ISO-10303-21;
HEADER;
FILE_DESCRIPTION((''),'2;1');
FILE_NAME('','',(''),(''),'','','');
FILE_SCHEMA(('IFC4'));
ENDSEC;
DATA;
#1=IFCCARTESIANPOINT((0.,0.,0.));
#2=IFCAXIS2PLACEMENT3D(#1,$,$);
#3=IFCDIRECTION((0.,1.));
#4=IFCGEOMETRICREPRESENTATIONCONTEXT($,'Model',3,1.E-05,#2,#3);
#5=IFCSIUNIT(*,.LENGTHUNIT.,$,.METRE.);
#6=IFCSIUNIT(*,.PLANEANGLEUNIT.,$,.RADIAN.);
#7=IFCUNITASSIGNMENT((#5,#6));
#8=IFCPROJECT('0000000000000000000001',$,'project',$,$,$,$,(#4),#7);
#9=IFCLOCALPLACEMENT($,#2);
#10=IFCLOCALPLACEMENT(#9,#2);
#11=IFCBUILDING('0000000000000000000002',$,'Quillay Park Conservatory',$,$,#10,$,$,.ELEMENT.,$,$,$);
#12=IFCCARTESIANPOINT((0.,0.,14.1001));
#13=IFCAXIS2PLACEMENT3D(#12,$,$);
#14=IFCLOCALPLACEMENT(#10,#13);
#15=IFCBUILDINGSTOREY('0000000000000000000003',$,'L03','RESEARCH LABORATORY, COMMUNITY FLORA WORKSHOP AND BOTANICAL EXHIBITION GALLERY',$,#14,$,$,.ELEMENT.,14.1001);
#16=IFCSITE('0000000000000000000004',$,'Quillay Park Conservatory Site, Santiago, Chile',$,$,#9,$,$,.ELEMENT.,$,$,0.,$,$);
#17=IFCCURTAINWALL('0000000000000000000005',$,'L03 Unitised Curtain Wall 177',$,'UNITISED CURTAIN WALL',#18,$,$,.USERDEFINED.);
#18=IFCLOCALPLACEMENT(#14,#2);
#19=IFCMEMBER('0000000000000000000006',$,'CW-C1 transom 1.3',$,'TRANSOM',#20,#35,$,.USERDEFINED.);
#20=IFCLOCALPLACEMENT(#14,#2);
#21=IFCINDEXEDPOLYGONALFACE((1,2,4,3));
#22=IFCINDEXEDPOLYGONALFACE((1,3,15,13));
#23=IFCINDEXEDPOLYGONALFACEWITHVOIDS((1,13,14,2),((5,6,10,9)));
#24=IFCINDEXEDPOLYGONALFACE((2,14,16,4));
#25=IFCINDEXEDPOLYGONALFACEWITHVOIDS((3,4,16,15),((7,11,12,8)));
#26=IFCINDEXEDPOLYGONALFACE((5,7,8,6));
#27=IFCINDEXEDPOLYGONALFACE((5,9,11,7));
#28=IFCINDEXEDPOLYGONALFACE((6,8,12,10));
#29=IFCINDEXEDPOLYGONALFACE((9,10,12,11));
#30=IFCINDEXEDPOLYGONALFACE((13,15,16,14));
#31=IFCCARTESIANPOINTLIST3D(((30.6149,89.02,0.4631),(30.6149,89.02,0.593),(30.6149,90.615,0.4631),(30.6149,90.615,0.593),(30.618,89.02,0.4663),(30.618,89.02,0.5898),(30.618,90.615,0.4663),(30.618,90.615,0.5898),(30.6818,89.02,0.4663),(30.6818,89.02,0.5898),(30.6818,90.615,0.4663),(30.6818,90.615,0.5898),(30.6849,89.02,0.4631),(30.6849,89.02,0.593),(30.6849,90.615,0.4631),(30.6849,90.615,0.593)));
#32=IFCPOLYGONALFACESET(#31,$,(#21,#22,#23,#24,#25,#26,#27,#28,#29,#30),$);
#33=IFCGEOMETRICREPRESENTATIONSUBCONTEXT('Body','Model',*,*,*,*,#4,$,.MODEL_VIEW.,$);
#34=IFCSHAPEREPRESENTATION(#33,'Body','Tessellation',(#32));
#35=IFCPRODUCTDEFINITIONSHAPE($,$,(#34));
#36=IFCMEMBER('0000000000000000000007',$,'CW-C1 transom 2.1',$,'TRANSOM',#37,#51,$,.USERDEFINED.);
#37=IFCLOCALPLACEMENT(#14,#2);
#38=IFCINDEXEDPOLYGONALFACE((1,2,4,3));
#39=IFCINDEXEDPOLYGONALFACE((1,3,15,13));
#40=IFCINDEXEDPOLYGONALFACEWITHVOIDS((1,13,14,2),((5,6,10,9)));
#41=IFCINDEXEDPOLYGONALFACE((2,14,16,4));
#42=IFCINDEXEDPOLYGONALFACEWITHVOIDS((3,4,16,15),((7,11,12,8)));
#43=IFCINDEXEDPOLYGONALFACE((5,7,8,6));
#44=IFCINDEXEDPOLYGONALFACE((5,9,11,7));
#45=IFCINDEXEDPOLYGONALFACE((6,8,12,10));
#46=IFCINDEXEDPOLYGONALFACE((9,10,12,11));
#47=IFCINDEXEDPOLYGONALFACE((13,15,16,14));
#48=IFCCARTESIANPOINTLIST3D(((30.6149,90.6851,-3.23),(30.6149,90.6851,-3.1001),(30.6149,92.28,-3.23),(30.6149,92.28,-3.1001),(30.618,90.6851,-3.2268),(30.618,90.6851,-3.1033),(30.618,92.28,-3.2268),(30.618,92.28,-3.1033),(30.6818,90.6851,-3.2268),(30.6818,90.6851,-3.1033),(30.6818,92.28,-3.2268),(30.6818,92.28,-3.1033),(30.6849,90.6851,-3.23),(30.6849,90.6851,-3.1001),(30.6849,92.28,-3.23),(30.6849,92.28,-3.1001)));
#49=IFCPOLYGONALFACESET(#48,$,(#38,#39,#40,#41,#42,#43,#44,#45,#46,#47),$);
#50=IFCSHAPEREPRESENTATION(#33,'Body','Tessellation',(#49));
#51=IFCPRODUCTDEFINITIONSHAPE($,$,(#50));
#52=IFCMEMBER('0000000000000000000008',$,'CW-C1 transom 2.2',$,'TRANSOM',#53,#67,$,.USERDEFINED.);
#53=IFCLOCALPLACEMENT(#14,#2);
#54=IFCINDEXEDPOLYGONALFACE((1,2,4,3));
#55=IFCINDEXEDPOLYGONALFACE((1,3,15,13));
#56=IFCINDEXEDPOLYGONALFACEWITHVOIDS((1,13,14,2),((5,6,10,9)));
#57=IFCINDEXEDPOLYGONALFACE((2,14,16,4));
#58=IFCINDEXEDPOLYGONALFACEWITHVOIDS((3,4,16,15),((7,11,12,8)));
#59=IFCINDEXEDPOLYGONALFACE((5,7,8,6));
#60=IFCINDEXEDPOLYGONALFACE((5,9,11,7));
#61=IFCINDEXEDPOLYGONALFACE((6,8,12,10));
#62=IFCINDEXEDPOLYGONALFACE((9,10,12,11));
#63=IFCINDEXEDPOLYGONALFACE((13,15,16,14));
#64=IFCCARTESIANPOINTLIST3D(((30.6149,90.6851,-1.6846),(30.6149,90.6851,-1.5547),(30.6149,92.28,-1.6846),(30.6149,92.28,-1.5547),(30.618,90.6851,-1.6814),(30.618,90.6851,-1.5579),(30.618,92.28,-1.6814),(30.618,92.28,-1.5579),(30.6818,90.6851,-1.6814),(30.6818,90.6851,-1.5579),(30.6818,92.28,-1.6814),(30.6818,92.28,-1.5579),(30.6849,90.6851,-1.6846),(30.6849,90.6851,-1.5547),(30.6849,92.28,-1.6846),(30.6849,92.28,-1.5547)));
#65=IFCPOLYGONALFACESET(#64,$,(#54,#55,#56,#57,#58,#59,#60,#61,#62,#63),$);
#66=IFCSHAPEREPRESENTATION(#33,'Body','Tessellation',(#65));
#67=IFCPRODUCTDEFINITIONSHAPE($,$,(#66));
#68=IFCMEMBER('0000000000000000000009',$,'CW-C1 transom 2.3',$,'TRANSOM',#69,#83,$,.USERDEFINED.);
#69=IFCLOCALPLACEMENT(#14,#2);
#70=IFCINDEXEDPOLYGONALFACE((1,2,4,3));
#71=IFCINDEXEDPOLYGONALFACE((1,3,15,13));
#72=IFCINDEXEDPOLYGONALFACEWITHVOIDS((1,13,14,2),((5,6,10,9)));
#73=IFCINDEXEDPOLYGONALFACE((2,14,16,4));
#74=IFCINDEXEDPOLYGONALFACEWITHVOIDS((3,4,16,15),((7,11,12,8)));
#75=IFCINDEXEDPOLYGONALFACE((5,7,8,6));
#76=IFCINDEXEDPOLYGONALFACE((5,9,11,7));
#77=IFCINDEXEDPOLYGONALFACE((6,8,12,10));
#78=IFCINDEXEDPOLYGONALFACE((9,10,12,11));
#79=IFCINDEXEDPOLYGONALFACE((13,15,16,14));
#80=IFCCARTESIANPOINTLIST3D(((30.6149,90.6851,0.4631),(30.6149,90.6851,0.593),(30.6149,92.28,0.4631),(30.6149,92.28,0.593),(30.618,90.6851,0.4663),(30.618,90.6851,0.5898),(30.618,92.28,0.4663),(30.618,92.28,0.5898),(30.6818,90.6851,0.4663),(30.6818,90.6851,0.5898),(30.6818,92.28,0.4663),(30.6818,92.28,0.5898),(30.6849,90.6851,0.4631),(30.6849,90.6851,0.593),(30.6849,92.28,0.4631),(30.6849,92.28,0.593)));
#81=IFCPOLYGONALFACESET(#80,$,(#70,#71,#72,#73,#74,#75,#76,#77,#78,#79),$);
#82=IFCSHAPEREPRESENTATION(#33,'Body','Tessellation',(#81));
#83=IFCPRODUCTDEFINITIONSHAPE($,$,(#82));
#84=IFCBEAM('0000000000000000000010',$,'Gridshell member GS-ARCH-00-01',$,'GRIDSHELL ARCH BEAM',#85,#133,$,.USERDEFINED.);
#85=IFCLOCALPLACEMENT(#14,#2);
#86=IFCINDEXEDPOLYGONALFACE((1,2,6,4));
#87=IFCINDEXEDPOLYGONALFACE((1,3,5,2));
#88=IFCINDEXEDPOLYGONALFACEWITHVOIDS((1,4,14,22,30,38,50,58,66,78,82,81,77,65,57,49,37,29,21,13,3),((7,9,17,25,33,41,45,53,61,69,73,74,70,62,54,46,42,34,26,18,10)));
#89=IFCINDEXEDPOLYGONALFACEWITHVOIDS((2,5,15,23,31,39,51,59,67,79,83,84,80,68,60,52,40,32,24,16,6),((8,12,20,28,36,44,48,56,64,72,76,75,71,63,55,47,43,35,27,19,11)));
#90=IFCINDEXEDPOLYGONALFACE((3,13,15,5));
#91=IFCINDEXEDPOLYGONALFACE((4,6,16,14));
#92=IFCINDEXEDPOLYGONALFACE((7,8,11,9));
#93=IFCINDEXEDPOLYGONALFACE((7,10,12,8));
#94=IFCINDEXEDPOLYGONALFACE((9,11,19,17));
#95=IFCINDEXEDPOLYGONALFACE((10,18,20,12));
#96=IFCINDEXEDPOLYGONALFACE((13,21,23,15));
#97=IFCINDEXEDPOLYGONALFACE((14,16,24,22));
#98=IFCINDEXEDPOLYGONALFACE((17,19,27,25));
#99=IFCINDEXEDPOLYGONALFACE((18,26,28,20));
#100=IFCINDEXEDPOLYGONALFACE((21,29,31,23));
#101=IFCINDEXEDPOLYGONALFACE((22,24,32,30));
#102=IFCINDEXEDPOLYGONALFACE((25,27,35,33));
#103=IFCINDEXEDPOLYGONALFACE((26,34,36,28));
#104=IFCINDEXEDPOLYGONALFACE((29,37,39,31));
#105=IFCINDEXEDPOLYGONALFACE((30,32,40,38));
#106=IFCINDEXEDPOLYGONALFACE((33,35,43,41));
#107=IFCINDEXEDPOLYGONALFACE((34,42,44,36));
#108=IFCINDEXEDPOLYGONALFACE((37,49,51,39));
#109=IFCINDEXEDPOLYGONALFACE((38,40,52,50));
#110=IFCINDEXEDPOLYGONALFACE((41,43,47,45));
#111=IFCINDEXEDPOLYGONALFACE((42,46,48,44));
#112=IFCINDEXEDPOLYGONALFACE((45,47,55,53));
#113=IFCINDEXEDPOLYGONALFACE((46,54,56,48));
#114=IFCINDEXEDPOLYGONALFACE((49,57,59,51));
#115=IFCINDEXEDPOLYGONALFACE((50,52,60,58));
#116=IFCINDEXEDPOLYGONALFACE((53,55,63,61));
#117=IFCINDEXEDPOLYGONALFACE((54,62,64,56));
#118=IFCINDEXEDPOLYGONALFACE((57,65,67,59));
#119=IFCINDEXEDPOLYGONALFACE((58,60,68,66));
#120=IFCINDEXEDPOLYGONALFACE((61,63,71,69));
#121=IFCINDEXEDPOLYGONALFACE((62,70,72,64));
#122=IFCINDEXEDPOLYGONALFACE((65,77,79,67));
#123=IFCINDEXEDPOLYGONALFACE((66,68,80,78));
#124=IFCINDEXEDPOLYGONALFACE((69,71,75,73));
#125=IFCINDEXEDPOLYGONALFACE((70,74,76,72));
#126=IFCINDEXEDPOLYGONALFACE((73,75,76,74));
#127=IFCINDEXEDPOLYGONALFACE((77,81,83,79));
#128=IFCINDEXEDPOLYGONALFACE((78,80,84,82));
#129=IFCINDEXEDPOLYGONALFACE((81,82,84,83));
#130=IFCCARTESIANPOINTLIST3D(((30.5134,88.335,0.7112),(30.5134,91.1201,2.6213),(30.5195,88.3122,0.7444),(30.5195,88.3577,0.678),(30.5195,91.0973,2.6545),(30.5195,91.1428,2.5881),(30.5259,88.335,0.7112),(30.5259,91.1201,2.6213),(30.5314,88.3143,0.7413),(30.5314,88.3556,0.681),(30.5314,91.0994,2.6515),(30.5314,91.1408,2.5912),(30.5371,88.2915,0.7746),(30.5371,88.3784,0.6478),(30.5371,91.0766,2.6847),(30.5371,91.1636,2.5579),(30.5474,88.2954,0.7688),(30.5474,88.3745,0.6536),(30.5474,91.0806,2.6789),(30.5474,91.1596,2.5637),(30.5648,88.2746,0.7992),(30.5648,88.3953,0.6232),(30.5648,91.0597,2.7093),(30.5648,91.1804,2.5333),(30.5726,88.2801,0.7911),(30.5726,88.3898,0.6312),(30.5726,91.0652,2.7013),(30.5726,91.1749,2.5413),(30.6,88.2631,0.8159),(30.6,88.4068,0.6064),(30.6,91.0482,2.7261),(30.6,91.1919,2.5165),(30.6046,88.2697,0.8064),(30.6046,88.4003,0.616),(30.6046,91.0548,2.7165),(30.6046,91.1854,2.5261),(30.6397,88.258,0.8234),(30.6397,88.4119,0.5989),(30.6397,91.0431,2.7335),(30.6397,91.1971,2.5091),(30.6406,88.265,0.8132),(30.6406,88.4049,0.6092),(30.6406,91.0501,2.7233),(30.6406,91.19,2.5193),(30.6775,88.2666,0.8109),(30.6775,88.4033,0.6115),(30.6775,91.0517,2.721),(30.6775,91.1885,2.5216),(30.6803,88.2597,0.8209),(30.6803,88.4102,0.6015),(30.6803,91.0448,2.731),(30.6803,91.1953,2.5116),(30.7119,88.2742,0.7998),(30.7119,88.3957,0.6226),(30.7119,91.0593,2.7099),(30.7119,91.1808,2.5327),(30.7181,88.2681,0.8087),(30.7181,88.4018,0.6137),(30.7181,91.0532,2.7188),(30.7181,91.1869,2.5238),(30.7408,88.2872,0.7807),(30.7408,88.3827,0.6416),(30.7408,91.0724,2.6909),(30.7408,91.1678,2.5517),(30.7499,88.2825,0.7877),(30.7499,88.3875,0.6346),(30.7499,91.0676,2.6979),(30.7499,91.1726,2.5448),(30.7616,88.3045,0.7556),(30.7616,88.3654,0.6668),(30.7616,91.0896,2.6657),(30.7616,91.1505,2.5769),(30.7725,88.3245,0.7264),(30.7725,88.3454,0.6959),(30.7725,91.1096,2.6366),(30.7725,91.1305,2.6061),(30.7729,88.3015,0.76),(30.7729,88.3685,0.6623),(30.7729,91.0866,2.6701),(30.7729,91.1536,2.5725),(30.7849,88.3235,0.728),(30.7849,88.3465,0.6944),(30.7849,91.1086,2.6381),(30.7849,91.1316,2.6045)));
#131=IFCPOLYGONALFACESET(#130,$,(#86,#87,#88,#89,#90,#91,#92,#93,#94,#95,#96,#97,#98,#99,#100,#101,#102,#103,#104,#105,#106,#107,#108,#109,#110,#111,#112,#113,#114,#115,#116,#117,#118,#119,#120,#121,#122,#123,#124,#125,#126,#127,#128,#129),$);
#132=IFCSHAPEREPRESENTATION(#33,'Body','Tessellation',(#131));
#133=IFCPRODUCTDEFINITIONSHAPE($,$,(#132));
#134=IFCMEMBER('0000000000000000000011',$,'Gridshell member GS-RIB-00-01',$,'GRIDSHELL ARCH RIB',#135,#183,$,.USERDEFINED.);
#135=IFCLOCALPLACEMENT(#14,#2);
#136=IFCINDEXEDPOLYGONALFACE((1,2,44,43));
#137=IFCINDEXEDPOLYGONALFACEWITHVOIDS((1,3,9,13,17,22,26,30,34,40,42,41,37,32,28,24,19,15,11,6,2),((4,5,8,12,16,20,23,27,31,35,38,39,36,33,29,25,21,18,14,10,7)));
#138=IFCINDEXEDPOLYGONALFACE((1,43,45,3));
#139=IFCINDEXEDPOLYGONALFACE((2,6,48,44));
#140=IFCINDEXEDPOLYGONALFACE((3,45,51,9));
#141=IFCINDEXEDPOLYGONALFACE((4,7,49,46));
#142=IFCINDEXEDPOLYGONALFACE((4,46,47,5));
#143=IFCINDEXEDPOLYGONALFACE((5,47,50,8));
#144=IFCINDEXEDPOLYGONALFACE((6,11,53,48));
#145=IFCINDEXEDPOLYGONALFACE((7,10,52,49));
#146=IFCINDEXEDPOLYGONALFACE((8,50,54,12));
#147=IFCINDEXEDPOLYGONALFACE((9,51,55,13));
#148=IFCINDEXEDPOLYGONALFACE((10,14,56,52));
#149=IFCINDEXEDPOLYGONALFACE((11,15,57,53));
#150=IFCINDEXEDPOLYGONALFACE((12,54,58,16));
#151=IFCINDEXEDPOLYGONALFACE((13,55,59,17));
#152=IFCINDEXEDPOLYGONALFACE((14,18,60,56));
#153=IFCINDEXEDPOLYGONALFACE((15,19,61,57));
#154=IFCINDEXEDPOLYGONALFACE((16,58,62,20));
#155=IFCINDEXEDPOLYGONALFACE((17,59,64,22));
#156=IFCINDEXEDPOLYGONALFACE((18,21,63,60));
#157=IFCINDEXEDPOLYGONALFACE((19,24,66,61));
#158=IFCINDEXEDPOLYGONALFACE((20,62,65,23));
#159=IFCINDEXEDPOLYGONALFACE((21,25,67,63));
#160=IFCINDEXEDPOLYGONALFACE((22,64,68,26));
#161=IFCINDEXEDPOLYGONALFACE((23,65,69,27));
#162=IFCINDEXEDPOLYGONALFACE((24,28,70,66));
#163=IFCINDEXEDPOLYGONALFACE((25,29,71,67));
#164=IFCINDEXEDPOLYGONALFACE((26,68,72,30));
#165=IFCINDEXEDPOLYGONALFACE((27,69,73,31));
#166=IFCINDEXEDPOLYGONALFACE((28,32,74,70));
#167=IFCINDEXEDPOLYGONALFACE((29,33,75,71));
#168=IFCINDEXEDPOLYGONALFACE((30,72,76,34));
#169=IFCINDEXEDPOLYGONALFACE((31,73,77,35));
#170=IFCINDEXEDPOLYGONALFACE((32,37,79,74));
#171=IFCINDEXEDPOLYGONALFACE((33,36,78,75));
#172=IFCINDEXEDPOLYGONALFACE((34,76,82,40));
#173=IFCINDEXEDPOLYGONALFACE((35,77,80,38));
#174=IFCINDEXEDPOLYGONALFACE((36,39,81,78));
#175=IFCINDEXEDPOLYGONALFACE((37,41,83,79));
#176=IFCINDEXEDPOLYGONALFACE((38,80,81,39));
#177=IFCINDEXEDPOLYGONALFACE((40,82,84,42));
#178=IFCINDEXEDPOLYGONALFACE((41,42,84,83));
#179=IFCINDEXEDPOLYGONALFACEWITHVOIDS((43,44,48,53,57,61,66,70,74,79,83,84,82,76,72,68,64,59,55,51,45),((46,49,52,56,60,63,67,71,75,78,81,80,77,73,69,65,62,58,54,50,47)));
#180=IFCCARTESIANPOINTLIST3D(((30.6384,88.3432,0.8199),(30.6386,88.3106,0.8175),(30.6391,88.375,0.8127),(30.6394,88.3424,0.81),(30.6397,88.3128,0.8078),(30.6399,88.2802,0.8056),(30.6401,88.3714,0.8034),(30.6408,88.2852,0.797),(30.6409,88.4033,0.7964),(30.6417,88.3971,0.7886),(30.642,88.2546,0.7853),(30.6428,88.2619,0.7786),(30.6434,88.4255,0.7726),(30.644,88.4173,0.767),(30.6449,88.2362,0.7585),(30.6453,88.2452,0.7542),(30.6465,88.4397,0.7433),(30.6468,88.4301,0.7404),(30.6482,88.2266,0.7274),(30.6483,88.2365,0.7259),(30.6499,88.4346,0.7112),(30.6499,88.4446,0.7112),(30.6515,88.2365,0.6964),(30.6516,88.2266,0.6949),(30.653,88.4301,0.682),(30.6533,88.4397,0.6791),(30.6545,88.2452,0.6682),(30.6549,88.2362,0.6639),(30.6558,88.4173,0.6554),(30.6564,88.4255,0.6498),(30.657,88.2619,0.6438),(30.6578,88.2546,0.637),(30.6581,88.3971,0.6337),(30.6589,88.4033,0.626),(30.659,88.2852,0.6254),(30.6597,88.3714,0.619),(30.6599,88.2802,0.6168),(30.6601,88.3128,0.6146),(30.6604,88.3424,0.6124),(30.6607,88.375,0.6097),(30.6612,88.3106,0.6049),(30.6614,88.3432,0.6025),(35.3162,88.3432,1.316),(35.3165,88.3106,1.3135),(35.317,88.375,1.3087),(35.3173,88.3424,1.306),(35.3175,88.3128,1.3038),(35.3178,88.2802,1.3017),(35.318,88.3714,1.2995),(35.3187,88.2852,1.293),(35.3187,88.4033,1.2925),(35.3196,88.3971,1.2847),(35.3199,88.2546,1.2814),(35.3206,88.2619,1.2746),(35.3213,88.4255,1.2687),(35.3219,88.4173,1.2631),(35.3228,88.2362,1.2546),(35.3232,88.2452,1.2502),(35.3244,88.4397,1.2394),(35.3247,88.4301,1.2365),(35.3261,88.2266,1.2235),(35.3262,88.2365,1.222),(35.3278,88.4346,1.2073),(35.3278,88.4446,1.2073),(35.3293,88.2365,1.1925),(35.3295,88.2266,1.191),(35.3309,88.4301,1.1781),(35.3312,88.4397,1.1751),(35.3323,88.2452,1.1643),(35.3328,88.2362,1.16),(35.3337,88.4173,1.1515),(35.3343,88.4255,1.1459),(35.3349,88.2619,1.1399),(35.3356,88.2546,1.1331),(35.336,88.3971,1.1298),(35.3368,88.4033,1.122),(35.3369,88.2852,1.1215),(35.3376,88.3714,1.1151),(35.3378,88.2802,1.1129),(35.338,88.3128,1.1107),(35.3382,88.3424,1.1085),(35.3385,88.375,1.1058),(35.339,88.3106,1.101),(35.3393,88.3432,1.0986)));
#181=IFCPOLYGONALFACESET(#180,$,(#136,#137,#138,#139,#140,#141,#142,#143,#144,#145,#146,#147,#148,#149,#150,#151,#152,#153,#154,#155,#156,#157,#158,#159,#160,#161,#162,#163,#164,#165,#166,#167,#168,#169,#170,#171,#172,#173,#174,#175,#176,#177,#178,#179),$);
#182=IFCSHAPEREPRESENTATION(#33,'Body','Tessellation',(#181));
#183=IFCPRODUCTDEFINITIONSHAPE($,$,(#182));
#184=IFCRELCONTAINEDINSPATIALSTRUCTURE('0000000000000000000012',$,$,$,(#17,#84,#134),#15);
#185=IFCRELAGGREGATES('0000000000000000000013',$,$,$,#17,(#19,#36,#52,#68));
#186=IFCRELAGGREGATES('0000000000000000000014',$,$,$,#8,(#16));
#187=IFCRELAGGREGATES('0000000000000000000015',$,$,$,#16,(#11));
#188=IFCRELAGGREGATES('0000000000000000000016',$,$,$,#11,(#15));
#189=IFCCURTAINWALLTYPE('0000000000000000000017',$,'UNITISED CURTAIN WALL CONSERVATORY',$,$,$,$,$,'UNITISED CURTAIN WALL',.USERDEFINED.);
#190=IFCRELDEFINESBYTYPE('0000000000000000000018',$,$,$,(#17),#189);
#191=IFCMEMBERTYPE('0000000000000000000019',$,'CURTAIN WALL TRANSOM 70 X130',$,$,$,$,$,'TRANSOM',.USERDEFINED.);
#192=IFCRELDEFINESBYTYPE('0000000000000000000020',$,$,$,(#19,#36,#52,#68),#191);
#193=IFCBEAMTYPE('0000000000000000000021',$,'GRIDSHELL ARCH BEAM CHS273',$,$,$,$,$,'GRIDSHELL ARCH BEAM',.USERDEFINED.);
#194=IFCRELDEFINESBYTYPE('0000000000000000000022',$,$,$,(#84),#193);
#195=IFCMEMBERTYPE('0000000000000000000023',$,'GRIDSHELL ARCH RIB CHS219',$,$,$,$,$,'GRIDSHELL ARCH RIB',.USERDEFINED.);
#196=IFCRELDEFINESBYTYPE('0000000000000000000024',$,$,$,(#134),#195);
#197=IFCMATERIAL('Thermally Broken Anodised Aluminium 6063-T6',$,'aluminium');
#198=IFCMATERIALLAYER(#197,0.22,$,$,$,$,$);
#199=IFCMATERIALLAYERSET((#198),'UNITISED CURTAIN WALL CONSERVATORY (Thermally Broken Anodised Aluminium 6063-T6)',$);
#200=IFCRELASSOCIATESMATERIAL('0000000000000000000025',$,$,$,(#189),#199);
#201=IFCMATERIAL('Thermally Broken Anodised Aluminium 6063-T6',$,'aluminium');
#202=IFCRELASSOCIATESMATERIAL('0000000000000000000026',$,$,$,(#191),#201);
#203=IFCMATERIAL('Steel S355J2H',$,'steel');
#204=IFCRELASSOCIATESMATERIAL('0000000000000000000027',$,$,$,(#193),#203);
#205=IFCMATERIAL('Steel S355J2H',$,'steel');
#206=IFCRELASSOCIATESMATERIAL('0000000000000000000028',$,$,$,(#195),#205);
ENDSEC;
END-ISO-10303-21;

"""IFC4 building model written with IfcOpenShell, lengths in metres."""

from ifc_helpers import new_model, si_unit, direction, frame, origin, origin_2d, place, context, subcontext, project, spatial, hollow_rectangle, hollow_circle, extrude, material, layer, layer_set, material_profile, profile_set, type_object, element, aggregate, save


model = new_model("IFC4")

# Units and contexts
model_context = context("Model", 3, precision=1e-05, world=origin(), true_north=direction((0.0, 1.0)))
body_context = subcontext(model_context, "Body", "Model", "MODEL_VIEW")
ifc_project = project(units=[si_unit("LENGTHUNIT", "METRE"), si_unit("PLANEANGLEUNIT", "RADIAN")], contexts=[model_context])

# Site, building, storey
site_placement = place(None, origin())
site = spatial("IfcSite", under=ifc_project, at=site_placement, Name="Quillay Park Conservatory Site, Santiago, Chile", CompositionType="ELEMENT", RefElevation=0.0)
building_placement = place(site_placement, origin())
building = spatial("IfcBuilding", under=site, at=building_placement, Name="Quillay Park Conservatory", CompositionType="ELEMENT")
storey_placement = place(building_placement, frame((0.0, 0.0, 14.1001)))
storey = spatial("IfcBuildingStorey", under=building, at=storey_placement, Name="L03", Description="RESEARCH LABORATORY, COMMUNITY FLORA WORKSHOP AND BOTANICAL EXHIBITION GALLERY", CompositionType="ELEMENT", Elevation=14.1001)

# Shared definitions
ifc_material_1 = material(Name="Thermally Broken Anodised Aluminium 6063-T6", Category="aluminium")
ifc_layer_1 = layer(ifc_material_1, 0.22)
ifc_layer_set_1 = layer_set([ifc_layer_1], Name="UNITISED CURTAIN WALL CONSERVATORY (Thermally Broken Anodised Aluminium 6063-T6)")
curtain_wall_type_1 = type_object("IfcCurtainWallType", Name="UNITISED CURTAIN WALL CONSERVATORY", ElementType="UNITISED CURTAIN WALL", PredefinedType="USERDEFINED", material=ifc_layer_set_1)

# Curtain wall
curtain_wall_1_placement = place(storey_placement, origin())
curtain_wall_1 = element("IfcCurtainWall", 1, at=curtain_wall_1_placement, inside=storey, type_object=curtain_wall_type_1, Name="L03 Unitised Curtain Wall 177", ObjectType="UNITISED CURTAIN WALL", PredefinedType="USERDEFINED")

# Members
ifc_material_2 = material(Name="Thermally Broken Anodised Aluminium 6063-T6", Category="aluminium")
ifc_material_profile_1 = material_profile(ifc_material_2, hollow_rectangle(XDim=0.0701, YDim=0.1299, WallThickness=0.0032, at=origin_2d()), Name="AL70x130x3.2")
ifc_profile_set_1 = profile_set([ifc_material_profile_1], Name="Thermally Broken Anodised Aluminium 6063-T6")
member_type_1 = type_object("IfcMemberType", Name="CURTAIN WALL TRANSOM 70 X130", ElementType="TRANSOM", PredefinedType="USERDEFINED", material=ifc_profile_set_1)
member_1_placement = place(storey_placement, frame((30.6499, 89.02, 0.5281), z_axis=(0.0, 1.0, 0.0), x_axis=(-1.0, 0.0, 0.0)))
member_1 = element("IfcMember", 2, at=member_1_placement, type_object=member_type_1, Name="CW-C1 transom 1.3", ObjectType="TRANSOM", PredefinedType="USERDEFINED", context=body_context, shape_type="SweptSolid", body=[
    extrude(hollow_rectangle(XDim=0.0701, YDim=0.1299, WallThickness=0.0032, at=origin_2d()), origin(), (0.0, 0.0, 1.0), 1.595),
])
member_2_placement = place(storey_placement, frame((30.6499, 90.6851, -3.165), z_axis=(0.0, 1.0, 0.0), x_axis=(-1.0, 0.0, 0.0)))
member_2 = element("IfcMember", 3, at=member_2_placement, type_object=member_type_1, Name="CW-C1 transom 2.1", ObjectType="TRANSOM", PredefinedType="USERDEFINED", context=body_context, shape_type="SweptSolid", body=[
    extrude(hollow_rectangle(XDim=0.0701, YDim=0.1299, WallThickness=0.0032, at=origin_2d()), origin(), (0.0, 0.0, 1.0), 1.595),
])
member_3_placement = place(storey_placement, frame((30.6499, 90.6851, -1.6196), z_axis=(0.0, 1.0, 0.0), x_axis=(-1.0, 0.0, 0.0)))
member_3 = element("IfcMember", 4, at=member_3_placement, type_object=member_type_1, Name="CW-C1 transom 2.2", ObjectType="TRANSOM", PredefinedType="USERDEFINED", context=body_context, shape_type="SweptSolid", body=[
    extrude(hollow_rectangle(XDim=0.0701, YDim=0.1299, WallThickness=0.0032, at=origin_2d()), origin(), (0.0, 0.0, 1.0), 1.595),
])
member_4_placement = place(storey_placement, frame((30.6499, 90.6851, 0.5281), z_axis=(0.0, 1.0, 0.0), x_axis=(-1.0, 0.0, 0.0)))
member_4 = element("IfcMember", 5, at=member_4_placement, type_object=member_type_1, Name="CW-C1 transom 2.3", ObjectType="TRANSOM", PredefinedType="USERDEFINED", context=body_context, shape_type="SweptSolid", body=[
    extrude(hollow_rectangle(XDim=0.0701, YDim=0.1299, WallThickness=0.0032, at=origin_2d()), origin(), (0.0, 0.0, 1.0), 1.595),
])

# Beam
ifc_material_3 = material(Name="Steel S355J2H", Category="steel")
ifc_material_profile_2 = material_profile(ifc_material_3, hollow_circle(Radius=0.1365, WallThickness=0.0125, at=origin_2d()), Name="CHS273x12.5")
ifc_profile_set_2 = profile_set([ifc_material_profile_2], Name="Steel S355J2H")
beam_type = type_object("IfcBeamType", Name="GRIDSHELL ARCH BEAM CHS273", ElementType="GRIDSHELL ARCH BEAM", PredefinedType="USERDEFINED", material=ifc_profile_set_2)
beam_placement = place(storey_placement, frame((30.6499, 88.335, 0.7112), z_axis=(0.0, 0.824683, 0.565596), x_axis=(-1.0, 0.0, 0.0)))
element("IfcBeam", 6, at=beam_placement, inside=storey, type_object=beam_type, Name="Gridshell member GS-ARCH-00-01", ObjectType="GRIDSHELL ARCH BEAM", PredefinedType="USERDEFINED", context=body_context, shape_type="SweptSolid", body=[
    extrude(hollow_circle(Radius=0.1365, WallThickness=0.0125, at=origin_2d()), origin(), (0.0, 0.0, 1.0), 3.3772),
])

# Member
ifc_material_4 = material(Name="Steel S355J2H", Category="steel")
ifc_material_profile_3 = material_profile(ifc_material_4, hollow_circle(Radius=0.1096, WallThickness=0.01, at=origin_2d()), Name="CHS219.1x10")
ifc_profile_set_3 = profile_set([ifc_material_profile_3], Name="Steel S355J2H")
member_type_2 = type_object("IfcMemberType", Name="GRIDSHELL ARCH RIB CHS219", ElementType="GRIDSHELL ARCH RIB", PredefinedType="USERDEFINED", material=ifc_profile_set_3)
member_5_placement = place(storey_placement, frame((30.6499, 88.335, 0.7112), z_axis=(0.994424, 0.0, 0.105457), x_axis=(0.0, 1.0, 0.0)))
element("IfcMember", 7, at=member_5_placement, inside=storey, type_object=member_type_2, Name="Gridshell member GS-RIB-00-01", ObjectType="GRIDSHELL ARCH RIB", PredefinedType="USERDEFINED", context=body_context, shape_type="SweptSolid", body=[
    extrude(hollow_circle(Radius=0.1096, WallThickness=0.01, at=origin_2d()), origin(), (0.0, 0.0, 1.0), 4.7041),
])

aggregate(curtain_wall_1, [member_1, member_2, member_3, member_4])

save(model, "model.ifc")
